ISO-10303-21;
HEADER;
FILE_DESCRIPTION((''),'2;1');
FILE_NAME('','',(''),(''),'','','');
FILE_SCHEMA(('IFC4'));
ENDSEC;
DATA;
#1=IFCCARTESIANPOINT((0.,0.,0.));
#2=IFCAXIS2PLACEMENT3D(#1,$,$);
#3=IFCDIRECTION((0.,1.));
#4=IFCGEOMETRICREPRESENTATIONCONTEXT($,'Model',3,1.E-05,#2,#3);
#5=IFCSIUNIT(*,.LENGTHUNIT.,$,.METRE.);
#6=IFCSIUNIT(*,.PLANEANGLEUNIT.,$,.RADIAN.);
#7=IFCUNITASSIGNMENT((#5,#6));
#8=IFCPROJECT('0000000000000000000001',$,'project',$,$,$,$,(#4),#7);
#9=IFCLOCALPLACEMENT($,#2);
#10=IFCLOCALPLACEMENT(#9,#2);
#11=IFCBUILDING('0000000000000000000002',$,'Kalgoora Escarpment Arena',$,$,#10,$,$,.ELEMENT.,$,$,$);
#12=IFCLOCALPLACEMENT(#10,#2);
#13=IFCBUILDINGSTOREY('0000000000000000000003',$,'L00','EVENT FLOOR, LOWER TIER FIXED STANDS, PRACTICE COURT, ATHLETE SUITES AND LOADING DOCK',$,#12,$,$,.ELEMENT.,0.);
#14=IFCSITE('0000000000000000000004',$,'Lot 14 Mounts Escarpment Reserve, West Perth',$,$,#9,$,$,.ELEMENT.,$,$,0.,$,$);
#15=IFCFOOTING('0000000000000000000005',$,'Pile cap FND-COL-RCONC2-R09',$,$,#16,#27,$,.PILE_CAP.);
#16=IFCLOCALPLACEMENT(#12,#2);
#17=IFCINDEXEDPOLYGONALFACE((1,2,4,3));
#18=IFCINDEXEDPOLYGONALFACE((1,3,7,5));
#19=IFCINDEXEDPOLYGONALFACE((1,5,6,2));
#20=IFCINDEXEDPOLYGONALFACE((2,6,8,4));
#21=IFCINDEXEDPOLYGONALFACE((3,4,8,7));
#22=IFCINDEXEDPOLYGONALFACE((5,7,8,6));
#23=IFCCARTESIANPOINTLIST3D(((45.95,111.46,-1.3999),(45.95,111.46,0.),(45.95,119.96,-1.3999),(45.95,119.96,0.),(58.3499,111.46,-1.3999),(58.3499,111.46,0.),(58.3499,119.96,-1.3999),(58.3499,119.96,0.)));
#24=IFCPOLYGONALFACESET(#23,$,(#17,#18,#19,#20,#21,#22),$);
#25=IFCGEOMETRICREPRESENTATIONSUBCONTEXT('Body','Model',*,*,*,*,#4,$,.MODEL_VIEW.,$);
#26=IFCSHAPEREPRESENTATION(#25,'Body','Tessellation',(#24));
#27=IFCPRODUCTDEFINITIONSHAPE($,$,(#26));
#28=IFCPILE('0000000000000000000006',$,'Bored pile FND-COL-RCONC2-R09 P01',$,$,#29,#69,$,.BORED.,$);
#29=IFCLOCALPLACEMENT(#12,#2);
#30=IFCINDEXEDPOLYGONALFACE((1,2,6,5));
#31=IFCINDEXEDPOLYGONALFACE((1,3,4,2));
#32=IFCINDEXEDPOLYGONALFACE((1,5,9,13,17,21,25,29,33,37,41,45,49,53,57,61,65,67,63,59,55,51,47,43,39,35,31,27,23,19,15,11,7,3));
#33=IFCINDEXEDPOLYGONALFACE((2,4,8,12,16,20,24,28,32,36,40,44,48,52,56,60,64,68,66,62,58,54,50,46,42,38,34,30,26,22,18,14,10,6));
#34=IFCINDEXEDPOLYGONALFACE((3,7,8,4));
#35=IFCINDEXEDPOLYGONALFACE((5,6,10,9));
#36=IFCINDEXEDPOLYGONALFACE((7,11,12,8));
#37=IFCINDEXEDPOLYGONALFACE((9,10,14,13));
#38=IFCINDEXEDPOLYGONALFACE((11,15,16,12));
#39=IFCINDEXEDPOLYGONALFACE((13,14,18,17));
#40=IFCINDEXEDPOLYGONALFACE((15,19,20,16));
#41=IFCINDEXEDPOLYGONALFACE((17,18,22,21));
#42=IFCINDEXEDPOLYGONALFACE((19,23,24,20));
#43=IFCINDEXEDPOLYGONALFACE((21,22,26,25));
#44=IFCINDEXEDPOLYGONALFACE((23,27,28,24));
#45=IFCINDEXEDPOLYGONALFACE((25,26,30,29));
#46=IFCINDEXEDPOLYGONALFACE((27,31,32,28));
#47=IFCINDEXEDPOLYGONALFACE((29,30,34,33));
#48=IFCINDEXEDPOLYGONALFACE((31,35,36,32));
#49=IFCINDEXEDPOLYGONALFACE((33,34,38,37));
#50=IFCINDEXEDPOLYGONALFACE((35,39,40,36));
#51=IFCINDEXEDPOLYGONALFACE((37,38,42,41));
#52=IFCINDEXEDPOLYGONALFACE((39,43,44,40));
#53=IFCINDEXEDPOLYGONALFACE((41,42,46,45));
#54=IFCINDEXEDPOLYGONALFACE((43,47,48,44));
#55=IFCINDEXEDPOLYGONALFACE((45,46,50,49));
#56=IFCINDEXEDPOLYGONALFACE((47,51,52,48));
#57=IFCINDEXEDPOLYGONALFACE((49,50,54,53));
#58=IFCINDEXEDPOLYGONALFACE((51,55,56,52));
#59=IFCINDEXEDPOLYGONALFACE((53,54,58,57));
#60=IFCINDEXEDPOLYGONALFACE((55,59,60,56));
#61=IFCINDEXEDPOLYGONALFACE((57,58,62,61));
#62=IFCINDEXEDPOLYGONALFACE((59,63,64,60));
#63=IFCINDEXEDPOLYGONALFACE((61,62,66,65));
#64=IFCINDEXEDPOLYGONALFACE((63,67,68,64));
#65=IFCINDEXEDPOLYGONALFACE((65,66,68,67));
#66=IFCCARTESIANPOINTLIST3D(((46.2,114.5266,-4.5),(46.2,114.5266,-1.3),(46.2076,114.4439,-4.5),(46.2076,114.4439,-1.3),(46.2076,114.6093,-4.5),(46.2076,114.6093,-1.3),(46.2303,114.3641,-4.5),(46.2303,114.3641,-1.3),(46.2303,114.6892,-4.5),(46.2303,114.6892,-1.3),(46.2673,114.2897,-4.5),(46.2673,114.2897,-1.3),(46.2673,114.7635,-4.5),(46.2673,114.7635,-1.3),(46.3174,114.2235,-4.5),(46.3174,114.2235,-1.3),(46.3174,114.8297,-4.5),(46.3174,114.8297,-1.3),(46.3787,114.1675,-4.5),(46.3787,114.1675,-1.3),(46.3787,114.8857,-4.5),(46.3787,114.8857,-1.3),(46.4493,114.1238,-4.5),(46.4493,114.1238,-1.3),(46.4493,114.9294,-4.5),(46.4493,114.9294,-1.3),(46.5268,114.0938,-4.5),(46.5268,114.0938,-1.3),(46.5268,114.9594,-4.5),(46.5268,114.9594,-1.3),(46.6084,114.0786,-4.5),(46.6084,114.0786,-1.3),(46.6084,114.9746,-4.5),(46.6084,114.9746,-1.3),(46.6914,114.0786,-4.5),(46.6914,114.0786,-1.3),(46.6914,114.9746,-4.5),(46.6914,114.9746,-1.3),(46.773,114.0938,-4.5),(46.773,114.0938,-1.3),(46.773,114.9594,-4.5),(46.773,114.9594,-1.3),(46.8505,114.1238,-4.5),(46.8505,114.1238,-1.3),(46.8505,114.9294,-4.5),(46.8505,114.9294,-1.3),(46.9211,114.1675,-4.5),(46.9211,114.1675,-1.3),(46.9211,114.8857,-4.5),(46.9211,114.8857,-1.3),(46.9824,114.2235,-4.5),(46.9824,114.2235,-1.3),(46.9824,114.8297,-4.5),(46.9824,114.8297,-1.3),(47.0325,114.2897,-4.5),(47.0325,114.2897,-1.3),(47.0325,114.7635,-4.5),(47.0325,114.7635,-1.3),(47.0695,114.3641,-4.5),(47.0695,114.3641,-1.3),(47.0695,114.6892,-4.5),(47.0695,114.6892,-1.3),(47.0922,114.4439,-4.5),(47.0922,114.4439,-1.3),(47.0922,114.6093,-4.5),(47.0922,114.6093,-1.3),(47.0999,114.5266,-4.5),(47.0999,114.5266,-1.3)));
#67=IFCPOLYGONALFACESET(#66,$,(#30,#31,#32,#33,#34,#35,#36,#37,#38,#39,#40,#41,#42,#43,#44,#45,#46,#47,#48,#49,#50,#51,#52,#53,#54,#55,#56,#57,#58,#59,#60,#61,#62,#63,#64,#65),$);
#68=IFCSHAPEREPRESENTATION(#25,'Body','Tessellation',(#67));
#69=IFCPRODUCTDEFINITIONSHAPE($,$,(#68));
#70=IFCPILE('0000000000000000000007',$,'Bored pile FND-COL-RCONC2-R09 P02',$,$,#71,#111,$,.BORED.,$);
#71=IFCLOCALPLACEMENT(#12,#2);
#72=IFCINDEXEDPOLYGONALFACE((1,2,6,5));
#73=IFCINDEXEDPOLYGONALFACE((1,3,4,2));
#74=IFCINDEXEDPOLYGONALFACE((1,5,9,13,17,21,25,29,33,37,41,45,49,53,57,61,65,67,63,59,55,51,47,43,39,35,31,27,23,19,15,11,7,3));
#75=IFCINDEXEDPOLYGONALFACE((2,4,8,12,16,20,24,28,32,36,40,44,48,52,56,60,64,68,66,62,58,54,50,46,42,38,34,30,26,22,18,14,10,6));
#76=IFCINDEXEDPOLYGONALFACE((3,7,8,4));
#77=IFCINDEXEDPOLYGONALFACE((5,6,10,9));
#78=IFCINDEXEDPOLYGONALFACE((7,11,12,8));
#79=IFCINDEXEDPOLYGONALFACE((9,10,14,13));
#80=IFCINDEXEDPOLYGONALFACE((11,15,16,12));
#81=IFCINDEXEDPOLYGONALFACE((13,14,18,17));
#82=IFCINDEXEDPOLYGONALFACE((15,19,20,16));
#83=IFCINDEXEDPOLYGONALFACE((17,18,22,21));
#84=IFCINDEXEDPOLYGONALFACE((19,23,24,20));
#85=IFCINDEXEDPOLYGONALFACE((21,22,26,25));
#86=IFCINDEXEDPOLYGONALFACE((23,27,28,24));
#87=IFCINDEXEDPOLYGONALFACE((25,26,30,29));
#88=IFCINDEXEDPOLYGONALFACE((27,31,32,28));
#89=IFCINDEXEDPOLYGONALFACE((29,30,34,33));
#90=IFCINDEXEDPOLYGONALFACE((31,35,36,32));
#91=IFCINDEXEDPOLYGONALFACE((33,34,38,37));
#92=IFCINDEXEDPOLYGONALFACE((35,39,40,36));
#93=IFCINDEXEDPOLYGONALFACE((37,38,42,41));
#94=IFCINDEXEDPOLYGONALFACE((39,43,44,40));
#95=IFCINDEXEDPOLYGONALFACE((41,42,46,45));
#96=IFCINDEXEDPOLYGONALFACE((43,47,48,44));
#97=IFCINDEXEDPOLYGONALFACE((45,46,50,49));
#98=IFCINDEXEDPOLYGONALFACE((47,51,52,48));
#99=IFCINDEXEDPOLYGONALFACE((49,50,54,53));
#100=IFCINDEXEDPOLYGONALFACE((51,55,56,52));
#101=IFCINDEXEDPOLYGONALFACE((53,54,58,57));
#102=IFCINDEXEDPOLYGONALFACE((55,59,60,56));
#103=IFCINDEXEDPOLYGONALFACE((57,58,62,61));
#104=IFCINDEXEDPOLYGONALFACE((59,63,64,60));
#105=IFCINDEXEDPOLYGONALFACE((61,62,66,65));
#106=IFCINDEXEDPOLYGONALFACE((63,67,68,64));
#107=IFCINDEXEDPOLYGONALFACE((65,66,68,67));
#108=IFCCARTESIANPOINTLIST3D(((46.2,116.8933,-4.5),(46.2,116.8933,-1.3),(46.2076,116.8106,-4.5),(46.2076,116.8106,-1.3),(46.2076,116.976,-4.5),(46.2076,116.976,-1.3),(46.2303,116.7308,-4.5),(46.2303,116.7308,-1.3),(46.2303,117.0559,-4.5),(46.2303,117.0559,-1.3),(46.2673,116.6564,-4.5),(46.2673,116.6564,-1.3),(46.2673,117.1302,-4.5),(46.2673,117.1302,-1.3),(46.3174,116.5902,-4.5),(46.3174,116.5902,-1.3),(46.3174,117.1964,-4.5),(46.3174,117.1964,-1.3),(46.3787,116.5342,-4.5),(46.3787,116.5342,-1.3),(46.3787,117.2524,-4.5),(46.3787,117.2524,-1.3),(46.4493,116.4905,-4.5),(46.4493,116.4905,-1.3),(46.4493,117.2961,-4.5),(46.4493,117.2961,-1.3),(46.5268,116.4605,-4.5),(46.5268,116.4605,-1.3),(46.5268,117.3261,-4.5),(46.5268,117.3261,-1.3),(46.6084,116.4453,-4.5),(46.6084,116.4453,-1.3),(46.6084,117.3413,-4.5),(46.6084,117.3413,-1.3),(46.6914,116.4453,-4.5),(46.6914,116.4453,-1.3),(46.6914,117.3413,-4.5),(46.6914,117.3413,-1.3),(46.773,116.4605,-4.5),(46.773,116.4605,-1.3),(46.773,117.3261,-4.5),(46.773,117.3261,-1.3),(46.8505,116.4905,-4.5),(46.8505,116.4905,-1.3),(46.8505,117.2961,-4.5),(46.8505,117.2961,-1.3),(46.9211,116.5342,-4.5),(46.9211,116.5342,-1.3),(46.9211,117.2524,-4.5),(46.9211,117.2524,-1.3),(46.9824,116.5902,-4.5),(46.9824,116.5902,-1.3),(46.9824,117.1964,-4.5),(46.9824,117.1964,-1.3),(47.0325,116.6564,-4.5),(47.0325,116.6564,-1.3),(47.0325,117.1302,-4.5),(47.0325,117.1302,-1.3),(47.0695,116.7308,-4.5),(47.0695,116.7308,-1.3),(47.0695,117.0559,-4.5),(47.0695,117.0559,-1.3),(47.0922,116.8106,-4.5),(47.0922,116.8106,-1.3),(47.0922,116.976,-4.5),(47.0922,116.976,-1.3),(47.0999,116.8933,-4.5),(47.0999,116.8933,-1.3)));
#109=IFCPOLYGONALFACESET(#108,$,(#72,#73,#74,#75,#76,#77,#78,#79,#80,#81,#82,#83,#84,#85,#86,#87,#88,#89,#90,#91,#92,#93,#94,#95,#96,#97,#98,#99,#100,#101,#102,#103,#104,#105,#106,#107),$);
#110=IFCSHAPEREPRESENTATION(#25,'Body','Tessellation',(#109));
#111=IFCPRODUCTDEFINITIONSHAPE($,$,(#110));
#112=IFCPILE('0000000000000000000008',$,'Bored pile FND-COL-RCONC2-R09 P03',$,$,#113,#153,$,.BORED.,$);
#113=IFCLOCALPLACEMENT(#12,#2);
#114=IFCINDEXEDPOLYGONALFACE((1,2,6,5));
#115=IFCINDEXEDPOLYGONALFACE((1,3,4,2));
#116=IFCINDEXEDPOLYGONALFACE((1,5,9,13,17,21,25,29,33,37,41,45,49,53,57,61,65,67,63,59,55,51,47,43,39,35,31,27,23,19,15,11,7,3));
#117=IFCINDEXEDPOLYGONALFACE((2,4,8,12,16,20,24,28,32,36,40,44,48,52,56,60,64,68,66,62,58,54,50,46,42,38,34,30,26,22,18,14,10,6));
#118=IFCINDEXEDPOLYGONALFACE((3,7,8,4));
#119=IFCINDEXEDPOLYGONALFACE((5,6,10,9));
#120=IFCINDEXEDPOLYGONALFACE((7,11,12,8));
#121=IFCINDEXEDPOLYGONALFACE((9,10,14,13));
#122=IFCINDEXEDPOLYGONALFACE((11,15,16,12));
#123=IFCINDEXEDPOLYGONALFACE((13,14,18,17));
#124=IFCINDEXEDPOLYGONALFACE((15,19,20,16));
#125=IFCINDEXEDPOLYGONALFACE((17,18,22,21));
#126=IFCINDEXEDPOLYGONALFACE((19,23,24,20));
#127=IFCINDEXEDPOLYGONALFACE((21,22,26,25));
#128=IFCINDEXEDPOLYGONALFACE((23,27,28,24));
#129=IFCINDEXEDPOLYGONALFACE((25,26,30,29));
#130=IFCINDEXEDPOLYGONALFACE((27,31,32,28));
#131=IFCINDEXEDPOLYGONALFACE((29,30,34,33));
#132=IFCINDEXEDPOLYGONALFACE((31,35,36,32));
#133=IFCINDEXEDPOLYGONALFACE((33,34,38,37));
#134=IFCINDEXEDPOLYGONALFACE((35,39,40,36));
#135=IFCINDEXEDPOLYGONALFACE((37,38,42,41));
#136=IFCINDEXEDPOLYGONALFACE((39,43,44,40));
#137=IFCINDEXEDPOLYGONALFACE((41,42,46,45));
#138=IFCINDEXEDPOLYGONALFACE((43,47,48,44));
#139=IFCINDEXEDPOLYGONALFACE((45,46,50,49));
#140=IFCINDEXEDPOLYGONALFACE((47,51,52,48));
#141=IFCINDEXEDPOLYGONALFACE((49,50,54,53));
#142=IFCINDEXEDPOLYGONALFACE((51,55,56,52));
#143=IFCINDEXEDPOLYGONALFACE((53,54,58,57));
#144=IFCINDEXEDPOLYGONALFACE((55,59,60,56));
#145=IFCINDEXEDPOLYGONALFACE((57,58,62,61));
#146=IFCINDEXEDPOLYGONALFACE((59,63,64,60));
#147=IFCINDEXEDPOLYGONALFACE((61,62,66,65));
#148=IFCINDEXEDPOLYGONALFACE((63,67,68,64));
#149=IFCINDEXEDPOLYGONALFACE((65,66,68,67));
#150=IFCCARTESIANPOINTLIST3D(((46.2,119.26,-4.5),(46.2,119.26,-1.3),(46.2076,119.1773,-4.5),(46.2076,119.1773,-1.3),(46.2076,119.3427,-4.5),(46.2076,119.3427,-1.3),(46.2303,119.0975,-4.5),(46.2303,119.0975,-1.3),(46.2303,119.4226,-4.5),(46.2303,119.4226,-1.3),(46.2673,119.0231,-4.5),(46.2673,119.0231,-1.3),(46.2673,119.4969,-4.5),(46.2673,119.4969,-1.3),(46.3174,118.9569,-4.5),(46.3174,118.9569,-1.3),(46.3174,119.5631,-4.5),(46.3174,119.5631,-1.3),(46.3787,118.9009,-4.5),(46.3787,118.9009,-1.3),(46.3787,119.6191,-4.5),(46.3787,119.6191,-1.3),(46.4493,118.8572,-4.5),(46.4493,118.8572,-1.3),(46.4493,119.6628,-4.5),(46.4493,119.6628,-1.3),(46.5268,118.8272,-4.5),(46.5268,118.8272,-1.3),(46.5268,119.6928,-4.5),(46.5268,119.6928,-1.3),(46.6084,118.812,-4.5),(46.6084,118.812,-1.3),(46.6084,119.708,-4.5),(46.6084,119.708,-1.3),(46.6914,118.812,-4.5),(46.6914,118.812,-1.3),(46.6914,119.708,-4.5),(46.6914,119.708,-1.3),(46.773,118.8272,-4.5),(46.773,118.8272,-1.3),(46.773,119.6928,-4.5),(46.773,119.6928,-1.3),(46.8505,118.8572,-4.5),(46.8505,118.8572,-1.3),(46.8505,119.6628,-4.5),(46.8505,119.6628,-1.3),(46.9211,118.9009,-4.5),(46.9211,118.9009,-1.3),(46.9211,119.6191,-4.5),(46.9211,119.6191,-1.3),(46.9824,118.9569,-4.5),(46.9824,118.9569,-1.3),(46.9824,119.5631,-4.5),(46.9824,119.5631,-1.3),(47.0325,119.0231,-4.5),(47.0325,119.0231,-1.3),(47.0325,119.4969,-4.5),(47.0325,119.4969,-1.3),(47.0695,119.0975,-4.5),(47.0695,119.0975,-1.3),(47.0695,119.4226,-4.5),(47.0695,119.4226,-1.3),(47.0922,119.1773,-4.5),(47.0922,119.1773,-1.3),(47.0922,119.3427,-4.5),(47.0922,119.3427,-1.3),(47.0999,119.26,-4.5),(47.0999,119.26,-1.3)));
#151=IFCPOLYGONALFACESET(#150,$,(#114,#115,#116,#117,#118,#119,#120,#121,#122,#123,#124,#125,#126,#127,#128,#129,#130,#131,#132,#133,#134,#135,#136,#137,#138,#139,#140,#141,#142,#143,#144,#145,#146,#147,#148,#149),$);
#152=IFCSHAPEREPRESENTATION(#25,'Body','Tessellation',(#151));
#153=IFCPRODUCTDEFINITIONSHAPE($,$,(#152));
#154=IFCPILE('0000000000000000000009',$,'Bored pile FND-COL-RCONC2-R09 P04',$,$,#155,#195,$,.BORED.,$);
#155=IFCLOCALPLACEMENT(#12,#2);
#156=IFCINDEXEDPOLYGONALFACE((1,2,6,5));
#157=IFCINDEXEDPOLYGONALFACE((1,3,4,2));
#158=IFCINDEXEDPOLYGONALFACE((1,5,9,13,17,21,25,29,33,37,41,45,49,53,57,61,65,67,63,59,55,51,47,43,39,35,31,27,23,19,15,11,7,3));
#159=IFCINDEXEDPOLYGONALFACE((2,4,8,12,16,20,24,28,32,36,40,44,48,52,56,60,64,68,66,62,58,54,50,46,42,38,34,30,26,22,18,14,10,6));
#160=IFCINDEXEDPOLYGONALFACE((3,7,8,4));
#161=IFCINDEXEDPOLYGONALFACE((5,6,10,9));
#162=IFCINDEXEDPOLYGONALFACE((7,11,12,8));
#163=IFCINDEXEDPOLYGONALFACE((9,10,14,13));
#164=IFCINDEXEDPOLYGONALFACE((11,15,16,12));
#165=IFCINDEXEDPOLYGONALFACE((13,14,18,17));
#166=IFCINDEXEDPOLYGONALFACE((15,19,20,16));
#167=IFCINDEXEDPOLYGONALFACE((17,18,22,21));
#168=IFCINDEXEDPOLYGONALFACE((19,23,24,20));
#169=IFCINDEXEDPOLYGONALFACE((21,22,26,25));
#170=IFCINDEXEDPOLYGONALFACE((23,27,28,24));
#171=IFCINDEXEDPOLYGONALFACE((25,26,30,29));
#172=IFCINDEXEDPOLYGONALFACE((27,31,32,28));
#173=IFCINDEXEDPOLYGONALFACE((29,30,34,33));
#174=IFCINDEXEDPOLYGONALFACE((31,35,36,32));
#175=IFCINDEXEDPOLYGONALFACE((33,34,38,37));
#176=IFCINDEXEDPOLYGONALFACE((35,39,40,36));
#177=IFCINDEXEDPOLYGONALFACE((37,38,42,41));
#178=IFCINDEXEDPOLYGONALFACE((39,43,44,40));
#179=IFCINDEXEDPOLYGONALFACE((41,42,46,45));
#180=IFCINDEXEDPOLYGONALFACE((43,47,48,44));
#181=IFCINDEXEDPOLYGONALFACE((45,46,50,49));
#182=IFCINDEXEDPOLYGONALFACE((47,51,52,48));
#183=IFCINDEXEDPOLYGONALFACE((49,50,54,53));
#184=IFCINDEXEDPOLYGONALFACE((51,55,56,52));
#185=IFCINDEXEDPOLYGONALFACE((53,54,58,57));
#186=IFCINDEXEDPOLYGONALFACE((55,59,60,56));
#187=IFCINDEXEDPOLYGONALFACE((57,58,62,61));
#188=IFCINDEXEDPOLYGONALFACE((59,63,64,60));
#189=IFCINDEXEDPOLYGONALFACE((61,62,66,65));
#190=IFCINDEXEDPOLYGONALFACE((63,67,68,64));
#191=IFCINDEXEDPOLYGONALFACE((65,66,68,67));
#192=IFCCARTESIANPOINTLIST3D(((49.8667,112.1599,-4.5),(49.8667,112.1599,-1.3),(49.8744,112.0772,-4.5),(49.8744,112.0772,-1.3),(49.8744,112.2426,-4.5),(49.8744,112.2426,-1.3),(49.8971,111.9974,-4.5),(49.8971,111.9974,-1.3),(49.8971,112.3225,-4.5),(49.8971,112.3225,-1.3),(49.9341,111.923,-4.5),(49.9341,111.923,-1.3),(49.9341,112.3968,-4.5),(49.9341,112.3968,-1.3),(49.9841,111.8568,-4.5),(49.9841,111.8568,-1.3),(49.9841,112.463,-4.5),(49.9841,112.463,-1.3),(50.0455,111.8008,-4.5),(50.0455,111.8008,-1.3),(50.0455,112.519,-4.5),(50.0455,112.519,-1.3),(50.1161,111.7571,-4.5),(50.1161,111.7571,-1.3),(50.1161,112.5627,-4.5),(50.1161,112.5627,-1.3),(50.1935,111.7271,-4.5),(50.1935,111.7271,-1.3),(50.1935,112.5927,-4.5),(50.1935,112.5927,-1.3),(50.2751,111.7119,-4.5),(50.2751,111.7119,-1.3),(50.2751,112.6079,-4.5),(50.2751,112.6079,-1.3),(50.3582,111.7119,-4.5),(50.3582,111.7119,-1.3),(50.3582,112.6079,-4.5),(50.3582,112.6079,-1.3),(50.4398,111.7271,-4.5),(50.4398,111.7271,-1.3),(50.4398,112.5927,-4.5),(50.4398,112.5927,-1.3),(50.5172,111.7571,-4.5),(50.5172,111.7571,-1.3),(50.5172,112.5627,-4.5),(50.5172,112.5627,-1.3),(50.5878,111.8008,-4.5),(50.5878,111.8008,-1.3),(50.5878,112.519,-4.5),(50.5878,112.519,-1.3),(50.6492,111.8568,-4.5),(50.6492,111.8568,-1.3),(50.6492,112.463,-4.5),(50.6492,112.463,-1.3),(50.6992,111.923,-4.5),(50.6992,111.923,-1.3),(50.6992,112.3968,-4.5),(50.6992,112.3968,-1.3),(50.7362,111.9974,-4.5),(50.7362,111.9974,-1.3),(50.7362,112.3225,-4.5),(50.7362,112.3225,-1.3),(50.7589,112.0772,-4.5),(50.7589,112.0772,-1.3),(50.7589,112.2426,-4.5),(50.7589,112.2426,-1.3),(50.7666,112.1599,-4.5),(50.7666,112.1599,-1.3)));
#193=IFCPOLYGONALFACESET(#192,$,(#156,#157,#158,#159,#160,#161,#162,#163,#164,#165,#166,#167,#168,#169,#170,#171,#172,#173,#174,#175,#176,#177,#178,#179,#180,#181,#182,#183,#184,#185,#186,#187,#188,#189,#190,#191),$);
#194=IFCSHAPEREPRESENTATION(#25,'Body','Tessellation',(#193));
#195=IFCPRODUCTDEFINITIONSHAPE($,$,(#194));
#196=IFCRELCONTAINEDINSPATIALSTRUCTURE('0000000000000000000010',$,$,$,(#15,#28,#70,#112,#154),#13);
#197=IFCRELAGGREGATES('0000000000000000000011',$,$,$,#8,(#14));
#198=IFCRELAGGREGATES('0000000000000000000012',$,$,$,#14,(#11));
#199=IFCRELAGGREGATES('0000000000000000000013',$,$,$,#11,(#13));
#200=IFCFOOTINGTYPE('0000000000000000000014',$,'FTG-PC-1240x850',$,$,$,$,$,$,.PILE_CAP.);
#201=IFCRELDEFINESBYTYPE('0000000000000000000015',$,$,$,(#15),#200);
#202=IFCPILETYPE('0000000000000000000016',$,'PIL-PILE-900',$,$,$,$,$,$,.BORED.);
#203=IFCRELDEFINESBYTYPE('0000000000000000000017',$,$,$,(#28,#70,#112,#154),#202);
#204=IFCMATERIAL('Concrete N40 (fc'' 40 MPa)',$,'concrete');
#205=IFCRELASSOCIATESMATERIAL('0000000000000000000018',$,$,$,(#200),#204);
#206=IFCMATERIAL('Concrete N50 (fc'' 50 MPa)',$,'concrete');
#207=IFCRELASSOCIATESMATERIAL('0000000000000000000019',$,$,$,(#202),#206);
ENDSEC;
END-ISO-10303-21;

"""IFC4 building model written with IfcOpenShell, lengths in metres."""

from ifc_helpers import new_model, si_unit, direction, frame, origin, origin_2d, place, context, subcontext, project, spatial, rectangle, circle, extrude, material, material_profile, profile_set, type_object, element, save


model = new_model("IFC4")

# Units and contexts
model_context = context("Model", 3, precision=1e-05, world=origin(), true_north=direction((0.0, 1.0)))
body_context = subcontext(model_context, "Body", "Model", "MODEL_VIEW")
ifc_project = project(units=[si_unit("LENGTHUNIT", "METRE"), si_unit("PLANEANGLEUNIT", "RADIAN")], contexts=[model_context])

# Site, building, storey
site_placement = place(None, origin())
site = spatial("IfcSite", under=ifc_project, at=site_placement, Name="Lot 14 Mounts Escarpment Reserve, West Perth", CompositionType="ELEMENT", RefElevation=0.0)
building_placement = place(site_placement, origin())
building = spatial("IfcBuilding", under=site, at=building_placement, Name="Kalgoora Escarpment Arena", CompositionType="ELEMENT")
storey_placement = place(building_placement, origin())
storey = spatial("IfcBuildingStorey", under=building, at=storey_placement, Name="L00", Description="EVENT FLOOR, LOWER TIER FIXED STANDS, PRACTICE COURT, ATHLETE SUITES AND LOADING DOCK", CompositionType="ELEMENT", Elevation=0.0)

# Footing
ifc_material_1 = material(Name="Concrete N40 (fc' 40 MPa)", Category="concrete")
footing_type = type_object("IfcFootingType", Name="FTG-PC-1240x850", PredefinedType="PILE_CAP", material=ifc_material_1)
footing_placement = place(storey_placement, frame((52.1499, 115.71, -1.3999), z_axis=(0.0, 0.0, 1.0), x_axis=(1.0, 0.0, 0.0)))
element("IfcFooting", 1, at=footing_placement, inside=storey, type_object=footing_type, Name="Pile cap FND-COL-RCONC2-R09", PredefinedType="PILE_CAP", context=body_context, shape_type="SweptSolid", body=[
    extrude(rectangle(XDim=12.3999, YDim=8.5, at=origin_2d()), origin(), (0.0, 0.0, 1.0), 1.3999),
])

# Piles
ifc_material_2 = material(Name="Concrete N50 (fc' 50 MPa)", Category="concrete")
ifc_material_profile_1 = material_profile(ifc_material_2, circle(Radius=0.45, at=origin_2d()))
ifc_profile_set_1 = profile_set([ifc_material_profile_1], Name="Concrete N50 (fc' 50 MPa)")
pile_type = type_object("IfcPileType", Name="PIL-PILE-900", PredefinedType="BORED", material=ifc_profile_set_1)
for number, where, z_axis, x_axis, name in (
    (2, (46.6499, 114.5266, -1.3), (0.0, 0.0, -1.0), (1.0, 0.0, 0.0), "Bored pile FND-COL-RCONC2-R09 P01"),
    (3, (46.6499, 116.8933, -1.3), (0.0, 0.0, -1.0), (1.0, 0.0, 0.0), "Bored pile FND-COL-RCONC2-R09 P02"),
    (4, (46.6499, 119.26, -1.3), (0.0, 0.0, -1.0), (1.0, 0.0, 0.0), "Bored pile FND-COL-RCONC2-R09 P03"),
    (5, (50.3167, 112.1599, -1.3), (0.0, 0.0, -1.0), (1.0, 0.0, 0.0), "Bored pile FND-COL-RCONC2-R09 P04"),
):
    element("IfcPile", number, at=place(storey_placement, frame(where, z_axis=z_axis, x_axis=x_axis)), inside=storey, type_object=pile_type, Name=name, PredefinedType="BORED", context=body_context, shape_type="SweptSolid", body=[
        extrude(circle(Radius=0.45, at=origin_2d()), origin(), (0.0, 0.0, 1.0), 3.2),
    ])

save(model, "model.ifc")
